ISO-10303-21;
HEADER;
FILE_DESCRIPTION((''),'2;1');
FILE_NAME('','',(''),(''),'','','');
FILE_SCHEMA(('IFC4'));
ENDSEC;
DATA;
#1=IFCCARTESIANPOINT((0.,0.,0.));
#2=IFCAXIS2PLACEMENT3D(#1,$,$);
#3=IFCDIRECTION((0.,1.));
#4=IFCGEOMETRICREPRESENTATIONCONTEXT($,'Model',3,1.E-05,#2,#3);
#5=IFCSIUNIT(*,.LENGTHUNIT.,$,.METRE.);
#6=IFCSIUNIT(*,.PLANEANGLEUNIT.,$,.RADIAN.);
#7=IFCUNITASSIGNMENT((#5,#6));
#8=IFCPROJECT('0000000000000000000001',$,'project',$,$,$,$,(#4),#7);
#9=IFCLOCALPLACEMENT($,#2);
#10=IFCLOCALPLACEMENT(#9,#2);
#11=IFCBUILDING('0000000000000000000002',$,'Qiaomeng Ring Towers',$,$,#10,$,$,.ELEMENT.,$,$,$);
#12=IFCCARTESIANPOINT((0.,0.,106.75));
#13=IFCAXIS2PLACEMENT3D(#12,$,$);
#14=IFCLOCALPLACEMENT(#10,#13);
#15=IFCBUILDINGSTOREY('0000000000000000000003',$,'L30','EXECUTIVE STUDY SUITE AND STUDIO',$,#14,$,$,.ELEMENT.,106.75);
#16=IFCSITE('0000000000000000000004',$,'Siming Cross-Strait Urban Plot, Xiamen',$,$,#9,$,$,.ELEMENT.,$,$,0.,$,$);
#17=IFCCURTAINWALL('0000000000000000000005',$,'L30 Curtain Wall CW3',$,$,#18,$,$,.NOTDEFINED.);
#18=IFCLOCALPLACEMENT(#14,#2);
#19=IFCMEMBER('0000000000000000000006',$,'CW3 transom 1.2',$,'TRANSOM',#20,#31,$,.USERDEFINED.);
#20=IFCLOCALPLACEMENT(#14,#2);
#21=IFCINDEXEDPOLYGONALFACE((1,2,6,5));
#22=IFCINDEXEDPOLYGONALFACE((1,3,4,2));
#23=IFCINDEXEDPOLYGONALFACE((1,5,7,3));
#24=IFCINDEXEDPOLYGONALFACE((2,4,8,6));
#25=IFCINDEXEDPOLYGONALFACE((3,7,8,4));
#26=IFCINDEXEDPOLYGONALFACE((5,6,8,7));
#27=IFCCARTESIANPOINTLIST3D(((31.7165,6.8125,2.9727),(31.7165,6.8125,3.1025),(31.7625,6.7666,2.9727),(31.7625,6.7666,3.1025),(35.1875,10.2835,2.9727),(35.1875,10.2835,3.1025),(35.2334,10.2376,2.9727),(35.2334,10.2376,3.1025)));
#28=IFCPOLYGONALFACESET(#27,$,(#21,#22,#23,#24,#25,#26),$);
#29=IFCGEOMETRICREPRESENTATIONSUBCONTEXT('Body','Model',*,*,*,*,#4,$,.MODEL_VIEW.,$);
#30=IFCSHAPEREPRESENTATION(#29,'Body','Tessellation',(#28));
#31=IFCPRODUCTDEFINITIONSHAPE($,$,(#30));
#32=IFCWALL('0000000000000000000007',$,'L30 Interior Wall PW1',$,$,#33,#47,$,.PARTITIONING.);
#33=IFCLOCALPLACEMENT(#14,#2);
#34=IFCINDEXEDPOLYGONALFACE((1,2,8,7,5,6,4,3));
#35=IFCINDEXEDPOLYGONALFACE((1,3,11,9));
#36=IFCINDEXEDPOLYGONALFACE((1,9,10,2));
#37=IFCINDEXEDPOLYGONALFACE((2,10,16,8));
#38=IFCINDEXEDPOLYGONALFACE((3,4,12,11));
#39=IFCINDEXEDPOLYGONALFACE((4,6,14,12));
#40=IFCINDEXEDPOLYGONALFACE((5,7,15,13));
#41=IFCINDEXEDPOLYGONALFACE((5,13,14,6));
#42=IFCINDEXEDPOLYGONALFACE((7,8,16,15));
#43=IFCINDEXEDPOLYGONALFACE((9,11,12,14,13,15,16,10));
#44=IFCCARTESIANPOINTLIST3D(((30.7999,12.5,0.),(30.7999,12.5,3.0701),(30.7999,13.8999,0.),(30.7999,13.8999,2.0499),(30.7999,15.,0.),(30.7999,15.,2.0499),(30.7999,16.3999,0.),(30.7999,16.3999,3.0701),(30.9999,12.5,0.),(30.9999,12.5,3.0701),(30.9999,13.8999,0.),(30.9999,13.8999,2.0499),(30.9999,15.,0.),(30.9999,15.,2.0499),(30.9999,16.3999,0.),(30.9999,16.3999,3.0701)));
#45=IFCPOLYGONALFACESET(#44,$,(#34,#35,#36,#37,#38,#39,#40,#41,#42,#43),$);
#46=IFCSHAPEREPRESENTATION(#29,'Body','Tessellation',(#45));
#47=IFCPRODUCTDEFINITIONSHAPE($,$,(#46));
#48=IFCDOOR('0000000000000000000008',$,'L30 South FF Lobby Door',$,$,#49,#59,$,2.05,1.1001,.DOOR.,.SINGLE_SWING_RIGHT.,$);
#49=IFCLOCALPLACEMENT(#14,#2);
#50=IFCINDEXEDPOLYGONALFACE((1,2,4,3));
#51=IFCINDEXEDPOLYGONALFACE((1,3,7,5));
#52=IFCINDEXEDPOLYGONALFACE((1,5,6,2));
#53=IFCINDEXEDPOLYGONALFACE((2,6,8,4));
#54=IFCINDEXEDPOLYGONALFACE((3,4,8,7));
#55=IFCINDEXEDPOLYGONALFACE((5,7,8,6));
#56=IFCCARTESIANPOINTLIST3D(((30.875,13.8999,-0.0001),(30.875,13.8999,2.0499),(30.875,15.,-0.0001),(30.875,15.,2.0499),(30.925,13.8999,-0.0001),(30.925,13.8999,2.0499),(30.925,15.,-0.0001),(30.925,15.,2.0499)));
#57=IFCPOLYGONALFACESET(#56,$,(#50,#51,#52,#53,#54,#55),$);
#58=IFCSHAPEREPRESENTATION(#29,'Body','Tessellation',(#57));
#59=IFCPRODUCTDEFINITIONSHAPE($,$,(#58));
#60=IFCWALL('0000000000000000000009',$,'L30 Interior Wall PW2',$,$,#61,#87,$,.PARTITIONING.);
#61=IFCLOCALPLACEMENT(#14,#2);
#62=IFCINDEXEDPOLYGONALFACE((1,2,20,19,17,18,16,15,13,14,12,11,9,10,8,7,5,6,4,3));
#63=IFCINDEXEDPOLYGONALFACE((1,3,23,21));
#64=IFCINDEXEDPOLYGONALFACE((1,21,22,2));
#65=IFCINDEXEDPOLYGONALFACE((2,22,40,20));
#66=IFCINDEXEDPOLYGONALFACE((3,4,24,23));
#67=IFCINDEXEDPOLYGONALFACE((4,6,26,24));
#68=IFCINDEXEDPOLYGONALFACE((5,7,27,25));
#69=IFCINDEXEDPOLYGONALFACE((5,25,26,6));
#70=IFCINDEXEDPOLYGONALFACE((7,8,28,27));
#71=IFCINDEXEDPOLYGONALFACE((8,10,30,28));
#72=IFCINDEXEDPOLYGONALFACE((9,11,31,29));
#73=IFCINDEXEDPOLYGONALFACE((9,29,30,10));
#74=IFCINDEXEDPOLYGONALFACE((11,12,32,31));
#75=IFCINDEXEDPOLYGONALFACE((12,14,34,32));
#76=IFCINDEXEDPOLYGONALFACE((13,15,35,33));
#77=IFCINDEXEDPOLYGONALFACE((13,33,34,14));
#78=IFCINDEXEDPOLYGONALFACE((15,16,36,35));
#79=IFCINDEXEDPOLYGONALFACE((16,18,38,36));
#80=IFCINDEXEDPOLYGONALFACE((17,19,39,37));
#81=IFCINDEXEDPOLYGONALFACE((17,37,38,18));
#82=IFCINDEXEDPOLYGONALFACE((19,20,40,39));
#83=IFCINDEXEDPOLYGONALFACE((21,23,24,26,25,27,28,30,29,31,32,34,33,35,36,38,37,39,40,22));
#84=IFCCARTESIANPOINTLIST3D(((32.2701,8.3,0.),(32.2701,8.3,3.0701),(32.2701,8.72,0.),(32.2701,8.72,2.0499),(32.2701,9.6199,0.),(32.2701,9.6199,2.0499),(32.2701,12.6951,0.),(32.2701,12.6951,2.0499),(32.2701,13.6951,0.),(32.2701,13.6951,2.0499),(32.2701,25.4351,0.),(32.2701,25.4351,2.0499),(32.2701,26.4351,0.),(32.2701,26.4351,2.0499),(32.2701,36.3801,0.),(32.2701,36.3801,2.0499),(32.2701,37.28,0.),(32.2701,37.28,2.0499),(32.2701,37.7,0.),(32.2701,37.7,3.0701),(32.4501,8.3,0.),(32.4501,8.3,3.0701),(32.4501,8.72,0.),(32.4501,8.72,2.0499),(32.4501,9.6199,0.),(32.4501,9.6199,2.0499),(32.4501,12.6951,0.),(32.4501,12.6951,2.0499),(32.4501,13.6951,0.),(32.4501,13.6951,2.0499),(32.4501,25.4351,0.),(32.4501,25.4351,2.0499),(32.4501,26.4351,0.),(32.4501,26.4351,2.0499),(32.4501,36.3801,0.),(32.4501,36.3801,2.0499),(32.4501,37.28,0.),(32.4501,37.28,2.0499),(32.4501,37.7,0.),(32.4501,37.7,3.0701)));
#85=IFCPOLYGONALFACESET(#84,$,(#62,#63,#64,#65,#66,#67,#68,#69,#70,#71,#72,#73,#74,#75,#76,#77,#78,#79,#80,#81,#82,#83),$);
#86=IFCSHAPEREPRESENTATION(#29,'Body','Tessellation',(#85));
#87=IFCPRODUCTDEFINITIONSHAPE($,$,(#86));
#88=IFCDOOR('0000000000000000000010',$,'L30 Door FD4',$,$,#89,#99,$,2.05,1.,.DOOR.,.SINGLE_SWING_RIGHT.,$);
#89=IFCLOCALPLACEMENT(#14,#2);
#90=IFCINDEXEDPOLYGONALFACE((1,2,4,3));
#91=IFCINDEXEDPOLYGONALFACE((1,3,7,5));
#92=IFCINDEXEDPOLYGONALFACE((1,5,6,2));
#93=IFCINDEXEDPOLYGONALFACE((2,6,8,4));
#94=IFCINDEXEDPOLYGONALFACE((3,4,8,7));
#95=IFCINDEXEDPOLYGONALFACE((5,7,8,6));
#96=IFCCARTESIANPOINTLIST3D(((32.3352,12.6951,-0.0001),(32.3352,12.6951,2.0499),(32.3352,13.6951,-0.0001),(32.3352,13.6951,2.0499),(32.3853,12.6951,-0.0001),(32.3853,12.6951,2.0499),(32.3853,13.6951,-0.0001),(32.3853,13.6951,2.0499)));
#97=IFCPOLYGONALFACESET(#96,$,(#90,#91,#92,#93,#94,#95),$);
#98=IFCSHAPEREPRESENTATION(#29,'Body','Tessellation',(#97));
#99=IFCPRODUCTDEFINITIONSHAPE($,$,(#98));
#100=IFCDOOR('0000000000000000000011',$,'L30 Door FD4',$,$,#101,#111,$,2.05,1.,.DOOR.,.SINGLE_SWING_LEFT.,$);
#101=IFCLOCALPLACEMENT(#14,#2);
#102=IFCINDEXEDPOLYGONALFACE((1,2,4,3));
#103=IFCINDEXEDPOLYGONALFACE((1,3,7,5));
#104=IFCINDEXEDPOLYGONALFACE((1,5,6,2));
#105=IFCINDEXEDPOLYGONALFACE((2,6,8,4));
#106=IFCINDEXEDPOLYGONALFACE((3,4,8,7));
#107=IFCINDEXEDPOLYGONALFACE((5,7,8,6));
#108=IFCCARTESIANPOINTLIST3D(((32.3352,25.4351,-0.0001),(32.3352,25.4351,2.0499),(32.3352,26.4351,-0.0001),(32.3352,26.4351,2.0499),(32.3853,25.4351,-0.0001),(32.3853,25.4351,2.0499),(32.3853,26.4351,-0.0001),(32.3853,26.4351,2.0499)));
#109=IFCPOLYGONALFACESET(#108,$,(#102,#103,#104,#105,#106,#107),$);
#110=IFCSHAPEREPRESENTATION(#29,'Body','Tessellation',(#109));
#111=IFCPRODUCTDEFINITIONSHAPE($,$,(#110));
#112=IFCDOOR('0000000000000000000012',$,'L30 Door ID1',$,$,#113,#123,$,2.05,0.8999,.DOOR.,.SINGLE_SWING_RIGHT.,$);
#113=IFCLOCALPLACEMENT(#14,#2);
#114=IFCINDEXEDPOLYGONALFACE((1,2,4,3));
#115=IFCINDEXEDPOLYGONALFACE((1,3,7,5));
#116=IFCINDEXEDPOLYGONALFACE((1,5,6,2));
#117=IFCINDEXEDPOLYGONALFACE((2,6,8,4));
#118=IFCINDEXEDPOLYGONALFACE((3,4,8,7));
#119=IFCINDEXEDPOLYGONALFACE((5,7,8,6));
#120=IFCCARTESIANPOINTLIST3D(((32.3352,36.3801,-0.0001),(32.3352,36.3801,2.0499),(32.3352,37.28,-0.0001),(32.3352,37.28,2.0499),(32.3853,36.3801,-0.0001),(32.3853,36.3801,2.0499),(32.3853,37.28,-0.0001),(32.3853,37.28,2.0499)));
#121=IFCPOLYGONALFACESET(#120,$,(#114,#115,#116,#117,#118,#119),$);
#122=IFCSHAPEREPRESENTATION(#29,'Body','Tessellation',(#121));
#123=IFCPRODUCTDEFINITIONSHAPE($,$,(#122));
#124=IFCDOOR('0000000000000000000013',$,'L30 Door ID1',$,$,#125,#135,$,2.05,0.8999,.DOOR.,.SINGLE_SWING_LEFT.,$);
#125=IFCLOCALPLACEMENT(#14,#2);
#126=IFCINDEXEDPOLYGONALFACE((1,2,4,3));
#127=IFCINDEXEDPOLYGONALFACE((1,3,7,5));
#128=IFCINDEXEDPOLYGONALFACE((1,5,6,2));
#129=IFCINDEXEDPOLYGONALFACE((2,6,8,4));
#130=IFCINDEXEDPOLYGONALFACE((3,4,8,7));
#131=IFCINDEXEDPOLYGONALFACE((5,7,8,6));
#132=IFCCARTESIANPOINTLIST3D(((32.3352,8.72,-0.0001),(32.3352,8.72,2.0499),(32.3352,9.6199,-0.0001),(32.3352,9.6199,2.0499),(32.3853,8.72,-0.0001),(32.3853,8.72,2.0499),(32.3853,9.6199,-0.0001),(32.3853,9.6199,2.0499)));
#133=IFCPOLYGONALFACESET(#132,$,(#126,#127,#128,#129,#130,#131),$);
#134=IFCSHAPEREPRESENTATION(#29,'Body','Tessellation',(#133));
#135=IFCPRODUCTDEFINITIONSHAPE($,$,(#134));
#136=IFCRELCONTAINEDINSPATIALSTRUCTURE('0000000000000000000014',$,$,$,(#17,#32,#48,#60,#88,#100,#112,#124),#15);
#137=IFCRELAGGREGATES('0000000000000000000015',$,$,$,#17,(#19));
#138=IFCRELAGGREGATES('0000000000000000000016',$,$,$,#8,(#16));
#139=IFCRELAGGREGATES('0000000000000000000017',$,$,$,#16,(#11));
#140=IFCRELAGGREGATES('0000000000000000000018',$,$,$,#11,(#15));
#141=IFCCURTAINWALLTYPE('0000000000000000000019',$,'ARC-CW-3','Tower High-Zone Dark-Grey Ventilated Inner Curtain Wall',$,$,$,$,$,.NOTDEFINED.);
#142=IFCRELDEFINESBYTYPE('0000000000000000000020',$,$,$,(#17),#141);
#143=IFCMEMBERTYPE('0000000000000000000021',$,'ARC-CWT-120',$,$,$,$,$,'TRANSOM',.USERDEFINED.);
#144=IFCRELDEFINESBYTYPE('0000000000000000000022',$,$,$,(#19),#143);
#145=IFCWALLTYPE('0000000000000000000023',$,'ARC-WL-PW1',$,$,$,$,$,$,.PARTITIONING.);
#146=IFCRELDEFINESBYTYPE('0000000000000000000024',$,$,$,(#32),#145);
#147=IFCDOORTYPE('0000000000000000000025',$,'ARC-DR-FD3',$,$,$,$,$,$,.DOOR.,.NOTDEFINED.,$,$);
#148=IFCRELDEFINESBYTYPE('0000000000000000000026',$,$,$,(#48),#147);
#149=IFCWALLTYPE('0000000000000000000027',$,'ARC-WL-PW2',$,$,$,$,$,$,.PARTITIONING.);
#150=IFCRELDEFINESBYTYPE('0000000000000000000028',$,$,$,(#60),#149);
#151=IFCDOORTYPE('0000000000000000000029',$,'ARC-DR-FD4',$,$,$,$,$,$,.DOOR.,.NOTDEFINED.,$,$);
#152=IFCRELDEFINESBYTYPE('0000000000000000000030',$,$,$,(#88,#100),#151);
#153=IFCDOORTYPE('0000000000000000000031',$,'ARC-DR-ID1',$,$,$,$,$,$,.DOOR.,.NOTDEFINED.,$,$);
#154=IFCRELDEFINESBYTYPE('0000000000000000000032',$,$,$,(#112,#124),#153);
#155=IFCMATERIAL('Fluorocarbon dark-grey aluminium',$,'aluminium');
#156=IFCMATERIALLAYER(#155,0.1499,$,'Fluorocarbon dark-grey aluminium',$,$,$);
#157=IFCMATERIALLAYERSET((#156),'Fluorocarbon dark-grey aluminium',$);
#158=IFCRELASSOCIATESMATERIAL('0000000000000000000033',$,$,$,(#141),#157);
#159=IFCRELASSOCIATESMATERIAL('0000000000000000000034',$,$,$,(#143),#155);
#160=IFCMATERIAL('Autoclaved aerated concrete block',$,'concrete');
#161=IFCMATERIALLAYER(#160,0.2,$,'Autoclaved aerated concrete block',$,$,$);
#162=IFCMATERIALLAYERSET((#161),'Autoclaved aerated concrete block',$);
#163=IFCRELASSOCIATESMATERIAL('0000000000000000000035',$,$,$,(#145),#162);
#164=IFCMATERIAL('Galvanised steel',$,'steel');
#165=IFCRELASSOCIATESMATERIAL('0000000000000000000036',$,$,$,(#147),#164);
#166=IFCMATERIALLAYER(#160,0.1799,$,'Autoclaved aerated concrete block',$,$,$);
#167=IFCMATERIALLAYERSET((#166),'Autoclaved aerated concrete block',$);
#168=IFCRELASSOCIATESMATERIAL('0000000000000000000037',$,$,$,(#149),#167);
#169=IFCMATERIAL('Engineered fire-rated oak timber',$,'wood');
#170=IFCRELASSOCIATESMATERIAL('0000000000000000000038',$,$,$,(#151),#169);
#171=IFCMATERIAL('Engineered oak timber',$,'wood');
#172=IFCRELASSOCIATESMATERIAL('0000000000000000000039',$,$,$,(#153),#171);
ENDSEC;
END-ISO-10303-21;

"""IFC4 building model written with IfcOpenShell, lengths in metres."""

from ifc_helpers import new_model, si_unit, direction, frame, frame_2d, origin, origin_2d, place, context, subcontext, project, spatial, rectangle, extrude, source, transform, mapped, material, layer, layer_set, material_profile, profile_set, type_object, element, fill, aggregate, save


model = new_model("IFC4")

# Units and contexts
model_context = context("Model", 3, precision=1e-05, world=origin(), true_north=direction((0.0, 1.0)))
body_context = subcontext(model_context, "Body", "Model", "MODEL_VIEW")
ifc_project = project(units=[si_unit("LENGTHUNIT", "METRE"), si_unit("PLANEANGLEUNIT", "RADIAN")], contexts=[model_context])

# Site, building, storey
site_placement = place(None, origin())
site = spatial("IfcSite", under=ifc_project, at=site_placement, Name="Siming Cross-Strait Urban Plot, Xiamen", CompositionType="ELEMENT", RefElevation=0.0)
building_placement = place(site_placement, origin())
building = spatial("IfcBuilding", under=site, at=building_placement, Name="Qiaomeng Ring Towers", CompositionType="ELEMENT")
storey_placement = place(building_placement, frame((0.0, 0.0, 106.75)))
storey = spatial("IfcBuildingStorey", under=building, at=storey_placement, Name="L30", Description="EXECUTIVE STUDY SUITE AND STUDIO", CompositionType="ELEMENT", Elevation=106.75)

# Curtain wall, member
ifc_material_1 = material(Name="Fluorocarbon dark-grey aluminium", Category="aluminium")
ifc_layer_1 = layer(ifc_material_1, 0.1499, Name="Fluorocarbon dark-grey aluminium")
ifc_layer_set_1 = layer_set([ifc_layer_1], Name="Fluorocarbon dark-grey aluminium")
curtain_wall_type = type_object("IfcCurtainWallType", Name="ARC-CW-3", Description="Tower High-Zone Dark-Grey Ventilated Inner Curtain Wall", PredefinedType="NOTDEFINED", material=ifc_layer_set_1)
curtain_wall_placement = place(storey_placement, origin())
curtain_wall = element("IfcCurtainWall", 1, at=curtain_wall_placement, inside=storey, type_object=curtain_wall_type, Name="L30 Curtain Wall CW3", PredefinedType="NOTDEFINED")
ifc_material_profile_1 = material_profile(ifc_material_1, rectangle(XDim=0.0649, YDim=0.1299, at=origin_2d()), Name="ALU TRAN 65x130")
ifc_profile_set_1 = profile_set([ifc_material_profile_1], Name="Fluorocarbon dark-grey aluminium")
member_type_1 = type_object("IfcMemberType", Name="ARC-CWT-120", ElementType="TRANSOM", PredefinedType="USERDEFINED", material=ifc_profile_set_1)
shared_shape_1 = source(origin(), body_context, "Body", "SweptSolid", [
    extrude(rectangle(XDim=0.0649, YDim=0.1299, at=origin_2d()), origin(), (0.0, 0.0, 1.0), 4.9087),
])
member_1_placement = place(storey_placement, frame((31.7395, 6.7896, 3.0376), z_axis=(0.707107, 0.707107, 0.0), x_axis=(-0.707107, 0.707107, 0.0)))
member_1 = element("IfcMember", 2, at=member_1_placement, type_object=member_type_1, Name="CW3 transom 1.2", ObjectType="TRANSOM", PredefinedType="USERDEFINED", context=body_context, shape_type="MappedRepresentation", body=[
    mapped(shared_shape_1, transform((0.0, 0.0, 0.0), x_axis=(1.0, 0.0, 0.0), y_axis=(0.0, 1.0, 0.0), z_axis=(0.0, 0.0, 1.0), scale=1.0)),
])
aggregate(curtain_wall, [member_1])

# Wall, opening, door
ifc_material_2 = material(Name="Autoclaved aerated concrete block", Category="concrete")
ifc_layer_2 = layer(ifc_material_2, 0.2, Name="Autoclaved aerated concrete block")
ifc_layer_set_2 = layer_set([ifc_layer_2], Name="Autoclaved aerated concrete block")
wall_type_1 = type_object("IfcWallType", Name="ARC-WL-PW1", PredefinedType="PARTITIONING", material=ifc_layer_set_2)
wall_1_placement = place(storey_placement, frame((30.8999, 12.5, 0.0), z_axis=(0.0, 0.0, 1.0), x_axis=(0.0, 1.0, 0.0)))
wall_1 = element("IfcWall", 3, at=wall_1_placement, inside=storey, type_object=wall_type_1, Name="L30 Interior Wall PW1", PredefinedType="PARTITIONING", context=body_context, shape_type="SweptSolid", body=[
    extrude(rectangle(XDim=3.8999, YDim=0.2, at=frame_2d((1.95, 0.0))), origin(), (0.0, 0.0, 1.0), 3.0701),
])
opening_1_placement = place(wall_1_placement, frame((1.3999, 0.0, 0.0)))
opening_1 = element("IfcOpeningElement", 4, at=opening_1_placement, cuts=wall_1, PredefinedType="OPENING", context=body_context, shape_type="SweptSolid", body=[
    extrude(rectangle(XDim=1.1001, YDim=2.05, at=frame_2d((0.55, 1.0249))), frame((0.0, 0.1099, 0.0), z_axis=(0.0, -1.0, 0.0), x_axis=(1.0, 0.0, 0.0)), (0.0, 0.0, 1.0), 0.22),
])
ifc_material_3 = material(Name="Galvanised steel", Category="steel")
door_type_1 = type_object("IfcDoorType", Name="ARC-DR-FD3", OperationType="NOTDEFINED", PredefinedType="DOOR", material=ifc_material_3)
shared_shape_2 = source(origin(), body_context, "Body", "SweptSolid", [
    extrude(rectangle(XDim=1.1001, YDim=2.05, at=frame_2d((0.55, 1.0249))), frame((0.0, 0.0249, 0.0), z_axis=(0.0, -1.0, 0.0), x_axis=(1.0, 0.0, 0.0)), (0.0, 0.0, 1.0), 0.05),
])
door_1_placement = place(opening_1_placement, origin())
door_1 = element("IfcDoor", 5, at=door_1_placement, inside=storey, type_object=door_type_1, Name="L30 South FF Lobby Door", OperationType="SINGLE_SWING_RIGHT", OverallHeight=2.05, OverallWidth=1.1001, PredefinedType="DOOR", context=body_context, shape_type="MappedRepresentation", body=[
    mapped(shared_shape_2, transform((0.0, 0.0, 0.0), x_axis=(1.0, 0.0, 0.0), y_axis=(0.0, 1.0, 0.0), z_axis=(0.0, 0.0, 1.0), scale=1.0)),
])
fill(opening_1, door_1)

# Wall, openings, doors
ifc_layer_3 = layer(ifc_material_2, 0.1799, Name="Autoclaved aerated concrete block")
ifc_layer_set_3 = layer_set([ifc_layer_3], Name="Autoclaved aerated concrete block")
wall_type_2 = type_object("IfcWallType", Name="ARC-WL-PW2", PredefinedType="PARTITIONING", material=ifc_layer_set_3)
wall_2_placement = place(storey_placement, frame((32.3601, 8.3, 0.0), z_axis=(0.0, 0.0, 1.0), x_axis=(0.0, 1.0, 0.0)))
wall_2 = element("IfcWall", 6, at=wall_2_placement, inside=storey, type_object=wall_type_2, Name="L30 Interior Wall PW2", PredefinedType="PARTITIONING", context=body_context, shape_type="SweptSolid", body=[
    extrude(rectangle(XDim=29.3999, YDim=0.1799, at=frame_2d((14.7, 0.0))), origin(), (0.0, 0.0, 1.0), 3.0701),
])
opening_2_placement = place(wall_2_placement, frame((28.0801, 0.0, 0.0)))
opening_2 = element("IfcOpeningElement", 7, at=opening_2_placement, cuts=wall_2, PredefinedType="OPENING", context=body_context, shape_type="SweptSolid", body=[
    extrude(rectangle(XDim=0.8999, YDim=2.05, at=frame_2d((0.45, 1.0249))), frame((0.0, 0.0999, 0.0), z_axis=(0.0, -1.0, 0.0), x_axis=(1.0, 0.0, 0.0)), (0.0, 0.0, 1.0), 0.2),
])
opening_3_placement = place(wall_2_placement, frame((0.4199, 0.0, 0.0)))
opening_3 = element("IfcOpeningElement", 8, at=opening_3_placement, cuts=wall_2, PredefinedType="OPENING", context=body_context, shape_type="SweptSolid", body=[
    extrude(rectangle(XDim=0.8999, YDim=2.05, at=frame_2d((0.45, 1.0249))), frame((0.0, 0.0999, 0.0), z_axis=(0.0, -1.0, 0.0), x_axis=(1.0, 0.0, 0.0)), (0.0, 0.0, 1.0), 0.2),
])
opening_4_placement = place(wall_2_placement, frame((4.395, 0.0, 0.0)))
opening_4 = element("IfcOpeningElement", 9, at=opening_4_placement, cuts=wall_2, PredefinedType="OPENING", context=body_context, shape_type="SweptSolid", body=[
    extrude(rectangle(XDim=1.0, YDim=2.05, at=frame_2d((0.5, 1.0249))), frame((0.0, 0.0999, 0.0), z_axis=(0.0, -1.0, 0.0), x_axis=(1.0, 0.0, 0.0)), (0.0, 0.0, 1.0), 0.2),
])
opening_5_placement = place(wall_2_placement, frame((17.135, 0.0, 0.0)))
opening_5 = element("IfcOpeningElement", 10, at=opening_5_placement, cuts=wall_2, PredefinedType="OPENING", context=body_context, shape_type="SweptSolid", body=[
    extrude(rectangle(XDim=1.0, YDim=2.05, at=frame_2d((0.5, 1.0249))), frame((0.0, 0.0999, 0.0), z_axis=(0.0, -1.0, 0.0), x_axis=(1.0, 0.0, 0.0)), (0.0, 0.0, 1.0), 0.2),
])
ifc_material_4 = material(Name="Engineered fire-rated oak timber", Category="wood")
door_type_2 = type_object("IfcDoorType", Name="ARC-DR-FD4", OperationType="NOTDEFINED", PredefinedType="DOOR", material=ifc_material_4)
shared_shape_3 = source(origin(), body_context, "Body", "SweptSolid", [
    extrude(rectangle(XDim=1.0, YDim=2.05, at=frame_2d((0.5, 1.0249))), frame((0.0, 0.0249, 0.0), z_axis=(0.0, -1.0, 0.0), x_axis=(1.0, 0.0, 0.0)), (0.0, 0.0, 1.0), 0.05),
])
door_2_placement = place(opening_4_placement, origin())
door_2 = element("IfcDoor", 11, at=door_2_placement, inside=storey, type_object=door_type_2, Name="L30 Door FD4", OperationType="SINGLE_SWING_RIGHT", OverallHeight=2.05, OverallWidth=1.0, PredefinedType="DOOR", context=body_context, shape_type="MappedRepresentation", body=[
    mapped(shared_shape_3, transform((0.0, 0.0, 0.0), x_axis=(1.0, 0.0, 0.0), y_axis=(0.0, 1.0, 0.0), z_axis=(0.0, 0.0, 1.0), scale=1.0)),
])
fill(opening_4, door_2)
door_3_placement = place(opening_5_placement, origin())
door_3 = element("IfcDoor", 12, at=door_3_placement, inside=storey, type_object=door_type_2, Name="L30 Door FD4", OperationType="SINGLE_SWING_LEFT", OverallHeight=2.05, OverallWidth=1.0, PredefinedType="DOOR", context=body_context, shape_type="MappedRepresentation", body=[
    mapped(shared_shape_3, transform((0.0, 0.0, 0.0), x_axis=(1.0, 0.0, 0.0), y_axis=(0.0, 1.0, 0.0), z_axis=(0.0, 0.0, 1.0), scale=1.0)),
])
fill(opening_5, door_3)
ifc_material_5 = material(Name="Engineered oak timber", Category="wood")
door_type_3 = type_object("IfcDoorType", Name="ARC-DR-ID1", OperationType="NOTDEFINED", PredefinedType="DOOR", material=ifc_material_5)
shared_shape_4 = source(origin(), body_context, "Body", "SweptSolid", [
    extrude(rectangle(XDim=0.8999, YDim=2.05, at=frame_2d((0.45, 1.0249))), frame((0.0, 0.0249, 0.0), z_axis=(0.0, -1.0, 0.0), x_axis=(1.0, 0.0, 0.0)), (0.0, 0.0, 1.0), 0.05),
])
door_4_placement = place(opening_2_placement, origin())
door_4 = element("IfcDoor", 13, at=door_4_placement, inside=storey, type_object=door_type_3, Name="L30 Door ID1", OperationType="SINGLE_SWING_RIGHT", OverallHeight=2.05, OverallWidth=0.8999, PredefinedType="DOOR", context=body_context, shape_type="MappedRepresentation", body=[
    mapped(shared_shape_4, transform((0.0, 0.0, 0.0), x_axis=(1.0, 0.0, 0.0), y_axis=(0.0, 1.0, 0.0), z_axis=(0.0, 0.0, 1.0), scale=1.0)),
])
fill(opening_2, door_4)
door_5_placement = place(opening_3_placement, origin())
door_5 = element("IfcDoor", 14, at=door_5_placement, inside=storey, type_object=door_type_3, Name="L30 Door ID1", OperationType="SINGLE_SWING_LEFT", OverallHeight=2.05, OverallWidth=0.8999, PredefinedType="DOOR", context=body_context, shape_type="MappedRepresentation", body=[
    mapped(shared_shape_4, transform((0.0, 0.0, 0.0), x_axis=(1.0, 0.0, 0.0), y_axis=(0.0, 1.0, 0.0), z_axis=(0.0, 0.0, 1.0), scale=1.0)),
])
fill(opening_3, door_5)

save(model, "model.ifc")
